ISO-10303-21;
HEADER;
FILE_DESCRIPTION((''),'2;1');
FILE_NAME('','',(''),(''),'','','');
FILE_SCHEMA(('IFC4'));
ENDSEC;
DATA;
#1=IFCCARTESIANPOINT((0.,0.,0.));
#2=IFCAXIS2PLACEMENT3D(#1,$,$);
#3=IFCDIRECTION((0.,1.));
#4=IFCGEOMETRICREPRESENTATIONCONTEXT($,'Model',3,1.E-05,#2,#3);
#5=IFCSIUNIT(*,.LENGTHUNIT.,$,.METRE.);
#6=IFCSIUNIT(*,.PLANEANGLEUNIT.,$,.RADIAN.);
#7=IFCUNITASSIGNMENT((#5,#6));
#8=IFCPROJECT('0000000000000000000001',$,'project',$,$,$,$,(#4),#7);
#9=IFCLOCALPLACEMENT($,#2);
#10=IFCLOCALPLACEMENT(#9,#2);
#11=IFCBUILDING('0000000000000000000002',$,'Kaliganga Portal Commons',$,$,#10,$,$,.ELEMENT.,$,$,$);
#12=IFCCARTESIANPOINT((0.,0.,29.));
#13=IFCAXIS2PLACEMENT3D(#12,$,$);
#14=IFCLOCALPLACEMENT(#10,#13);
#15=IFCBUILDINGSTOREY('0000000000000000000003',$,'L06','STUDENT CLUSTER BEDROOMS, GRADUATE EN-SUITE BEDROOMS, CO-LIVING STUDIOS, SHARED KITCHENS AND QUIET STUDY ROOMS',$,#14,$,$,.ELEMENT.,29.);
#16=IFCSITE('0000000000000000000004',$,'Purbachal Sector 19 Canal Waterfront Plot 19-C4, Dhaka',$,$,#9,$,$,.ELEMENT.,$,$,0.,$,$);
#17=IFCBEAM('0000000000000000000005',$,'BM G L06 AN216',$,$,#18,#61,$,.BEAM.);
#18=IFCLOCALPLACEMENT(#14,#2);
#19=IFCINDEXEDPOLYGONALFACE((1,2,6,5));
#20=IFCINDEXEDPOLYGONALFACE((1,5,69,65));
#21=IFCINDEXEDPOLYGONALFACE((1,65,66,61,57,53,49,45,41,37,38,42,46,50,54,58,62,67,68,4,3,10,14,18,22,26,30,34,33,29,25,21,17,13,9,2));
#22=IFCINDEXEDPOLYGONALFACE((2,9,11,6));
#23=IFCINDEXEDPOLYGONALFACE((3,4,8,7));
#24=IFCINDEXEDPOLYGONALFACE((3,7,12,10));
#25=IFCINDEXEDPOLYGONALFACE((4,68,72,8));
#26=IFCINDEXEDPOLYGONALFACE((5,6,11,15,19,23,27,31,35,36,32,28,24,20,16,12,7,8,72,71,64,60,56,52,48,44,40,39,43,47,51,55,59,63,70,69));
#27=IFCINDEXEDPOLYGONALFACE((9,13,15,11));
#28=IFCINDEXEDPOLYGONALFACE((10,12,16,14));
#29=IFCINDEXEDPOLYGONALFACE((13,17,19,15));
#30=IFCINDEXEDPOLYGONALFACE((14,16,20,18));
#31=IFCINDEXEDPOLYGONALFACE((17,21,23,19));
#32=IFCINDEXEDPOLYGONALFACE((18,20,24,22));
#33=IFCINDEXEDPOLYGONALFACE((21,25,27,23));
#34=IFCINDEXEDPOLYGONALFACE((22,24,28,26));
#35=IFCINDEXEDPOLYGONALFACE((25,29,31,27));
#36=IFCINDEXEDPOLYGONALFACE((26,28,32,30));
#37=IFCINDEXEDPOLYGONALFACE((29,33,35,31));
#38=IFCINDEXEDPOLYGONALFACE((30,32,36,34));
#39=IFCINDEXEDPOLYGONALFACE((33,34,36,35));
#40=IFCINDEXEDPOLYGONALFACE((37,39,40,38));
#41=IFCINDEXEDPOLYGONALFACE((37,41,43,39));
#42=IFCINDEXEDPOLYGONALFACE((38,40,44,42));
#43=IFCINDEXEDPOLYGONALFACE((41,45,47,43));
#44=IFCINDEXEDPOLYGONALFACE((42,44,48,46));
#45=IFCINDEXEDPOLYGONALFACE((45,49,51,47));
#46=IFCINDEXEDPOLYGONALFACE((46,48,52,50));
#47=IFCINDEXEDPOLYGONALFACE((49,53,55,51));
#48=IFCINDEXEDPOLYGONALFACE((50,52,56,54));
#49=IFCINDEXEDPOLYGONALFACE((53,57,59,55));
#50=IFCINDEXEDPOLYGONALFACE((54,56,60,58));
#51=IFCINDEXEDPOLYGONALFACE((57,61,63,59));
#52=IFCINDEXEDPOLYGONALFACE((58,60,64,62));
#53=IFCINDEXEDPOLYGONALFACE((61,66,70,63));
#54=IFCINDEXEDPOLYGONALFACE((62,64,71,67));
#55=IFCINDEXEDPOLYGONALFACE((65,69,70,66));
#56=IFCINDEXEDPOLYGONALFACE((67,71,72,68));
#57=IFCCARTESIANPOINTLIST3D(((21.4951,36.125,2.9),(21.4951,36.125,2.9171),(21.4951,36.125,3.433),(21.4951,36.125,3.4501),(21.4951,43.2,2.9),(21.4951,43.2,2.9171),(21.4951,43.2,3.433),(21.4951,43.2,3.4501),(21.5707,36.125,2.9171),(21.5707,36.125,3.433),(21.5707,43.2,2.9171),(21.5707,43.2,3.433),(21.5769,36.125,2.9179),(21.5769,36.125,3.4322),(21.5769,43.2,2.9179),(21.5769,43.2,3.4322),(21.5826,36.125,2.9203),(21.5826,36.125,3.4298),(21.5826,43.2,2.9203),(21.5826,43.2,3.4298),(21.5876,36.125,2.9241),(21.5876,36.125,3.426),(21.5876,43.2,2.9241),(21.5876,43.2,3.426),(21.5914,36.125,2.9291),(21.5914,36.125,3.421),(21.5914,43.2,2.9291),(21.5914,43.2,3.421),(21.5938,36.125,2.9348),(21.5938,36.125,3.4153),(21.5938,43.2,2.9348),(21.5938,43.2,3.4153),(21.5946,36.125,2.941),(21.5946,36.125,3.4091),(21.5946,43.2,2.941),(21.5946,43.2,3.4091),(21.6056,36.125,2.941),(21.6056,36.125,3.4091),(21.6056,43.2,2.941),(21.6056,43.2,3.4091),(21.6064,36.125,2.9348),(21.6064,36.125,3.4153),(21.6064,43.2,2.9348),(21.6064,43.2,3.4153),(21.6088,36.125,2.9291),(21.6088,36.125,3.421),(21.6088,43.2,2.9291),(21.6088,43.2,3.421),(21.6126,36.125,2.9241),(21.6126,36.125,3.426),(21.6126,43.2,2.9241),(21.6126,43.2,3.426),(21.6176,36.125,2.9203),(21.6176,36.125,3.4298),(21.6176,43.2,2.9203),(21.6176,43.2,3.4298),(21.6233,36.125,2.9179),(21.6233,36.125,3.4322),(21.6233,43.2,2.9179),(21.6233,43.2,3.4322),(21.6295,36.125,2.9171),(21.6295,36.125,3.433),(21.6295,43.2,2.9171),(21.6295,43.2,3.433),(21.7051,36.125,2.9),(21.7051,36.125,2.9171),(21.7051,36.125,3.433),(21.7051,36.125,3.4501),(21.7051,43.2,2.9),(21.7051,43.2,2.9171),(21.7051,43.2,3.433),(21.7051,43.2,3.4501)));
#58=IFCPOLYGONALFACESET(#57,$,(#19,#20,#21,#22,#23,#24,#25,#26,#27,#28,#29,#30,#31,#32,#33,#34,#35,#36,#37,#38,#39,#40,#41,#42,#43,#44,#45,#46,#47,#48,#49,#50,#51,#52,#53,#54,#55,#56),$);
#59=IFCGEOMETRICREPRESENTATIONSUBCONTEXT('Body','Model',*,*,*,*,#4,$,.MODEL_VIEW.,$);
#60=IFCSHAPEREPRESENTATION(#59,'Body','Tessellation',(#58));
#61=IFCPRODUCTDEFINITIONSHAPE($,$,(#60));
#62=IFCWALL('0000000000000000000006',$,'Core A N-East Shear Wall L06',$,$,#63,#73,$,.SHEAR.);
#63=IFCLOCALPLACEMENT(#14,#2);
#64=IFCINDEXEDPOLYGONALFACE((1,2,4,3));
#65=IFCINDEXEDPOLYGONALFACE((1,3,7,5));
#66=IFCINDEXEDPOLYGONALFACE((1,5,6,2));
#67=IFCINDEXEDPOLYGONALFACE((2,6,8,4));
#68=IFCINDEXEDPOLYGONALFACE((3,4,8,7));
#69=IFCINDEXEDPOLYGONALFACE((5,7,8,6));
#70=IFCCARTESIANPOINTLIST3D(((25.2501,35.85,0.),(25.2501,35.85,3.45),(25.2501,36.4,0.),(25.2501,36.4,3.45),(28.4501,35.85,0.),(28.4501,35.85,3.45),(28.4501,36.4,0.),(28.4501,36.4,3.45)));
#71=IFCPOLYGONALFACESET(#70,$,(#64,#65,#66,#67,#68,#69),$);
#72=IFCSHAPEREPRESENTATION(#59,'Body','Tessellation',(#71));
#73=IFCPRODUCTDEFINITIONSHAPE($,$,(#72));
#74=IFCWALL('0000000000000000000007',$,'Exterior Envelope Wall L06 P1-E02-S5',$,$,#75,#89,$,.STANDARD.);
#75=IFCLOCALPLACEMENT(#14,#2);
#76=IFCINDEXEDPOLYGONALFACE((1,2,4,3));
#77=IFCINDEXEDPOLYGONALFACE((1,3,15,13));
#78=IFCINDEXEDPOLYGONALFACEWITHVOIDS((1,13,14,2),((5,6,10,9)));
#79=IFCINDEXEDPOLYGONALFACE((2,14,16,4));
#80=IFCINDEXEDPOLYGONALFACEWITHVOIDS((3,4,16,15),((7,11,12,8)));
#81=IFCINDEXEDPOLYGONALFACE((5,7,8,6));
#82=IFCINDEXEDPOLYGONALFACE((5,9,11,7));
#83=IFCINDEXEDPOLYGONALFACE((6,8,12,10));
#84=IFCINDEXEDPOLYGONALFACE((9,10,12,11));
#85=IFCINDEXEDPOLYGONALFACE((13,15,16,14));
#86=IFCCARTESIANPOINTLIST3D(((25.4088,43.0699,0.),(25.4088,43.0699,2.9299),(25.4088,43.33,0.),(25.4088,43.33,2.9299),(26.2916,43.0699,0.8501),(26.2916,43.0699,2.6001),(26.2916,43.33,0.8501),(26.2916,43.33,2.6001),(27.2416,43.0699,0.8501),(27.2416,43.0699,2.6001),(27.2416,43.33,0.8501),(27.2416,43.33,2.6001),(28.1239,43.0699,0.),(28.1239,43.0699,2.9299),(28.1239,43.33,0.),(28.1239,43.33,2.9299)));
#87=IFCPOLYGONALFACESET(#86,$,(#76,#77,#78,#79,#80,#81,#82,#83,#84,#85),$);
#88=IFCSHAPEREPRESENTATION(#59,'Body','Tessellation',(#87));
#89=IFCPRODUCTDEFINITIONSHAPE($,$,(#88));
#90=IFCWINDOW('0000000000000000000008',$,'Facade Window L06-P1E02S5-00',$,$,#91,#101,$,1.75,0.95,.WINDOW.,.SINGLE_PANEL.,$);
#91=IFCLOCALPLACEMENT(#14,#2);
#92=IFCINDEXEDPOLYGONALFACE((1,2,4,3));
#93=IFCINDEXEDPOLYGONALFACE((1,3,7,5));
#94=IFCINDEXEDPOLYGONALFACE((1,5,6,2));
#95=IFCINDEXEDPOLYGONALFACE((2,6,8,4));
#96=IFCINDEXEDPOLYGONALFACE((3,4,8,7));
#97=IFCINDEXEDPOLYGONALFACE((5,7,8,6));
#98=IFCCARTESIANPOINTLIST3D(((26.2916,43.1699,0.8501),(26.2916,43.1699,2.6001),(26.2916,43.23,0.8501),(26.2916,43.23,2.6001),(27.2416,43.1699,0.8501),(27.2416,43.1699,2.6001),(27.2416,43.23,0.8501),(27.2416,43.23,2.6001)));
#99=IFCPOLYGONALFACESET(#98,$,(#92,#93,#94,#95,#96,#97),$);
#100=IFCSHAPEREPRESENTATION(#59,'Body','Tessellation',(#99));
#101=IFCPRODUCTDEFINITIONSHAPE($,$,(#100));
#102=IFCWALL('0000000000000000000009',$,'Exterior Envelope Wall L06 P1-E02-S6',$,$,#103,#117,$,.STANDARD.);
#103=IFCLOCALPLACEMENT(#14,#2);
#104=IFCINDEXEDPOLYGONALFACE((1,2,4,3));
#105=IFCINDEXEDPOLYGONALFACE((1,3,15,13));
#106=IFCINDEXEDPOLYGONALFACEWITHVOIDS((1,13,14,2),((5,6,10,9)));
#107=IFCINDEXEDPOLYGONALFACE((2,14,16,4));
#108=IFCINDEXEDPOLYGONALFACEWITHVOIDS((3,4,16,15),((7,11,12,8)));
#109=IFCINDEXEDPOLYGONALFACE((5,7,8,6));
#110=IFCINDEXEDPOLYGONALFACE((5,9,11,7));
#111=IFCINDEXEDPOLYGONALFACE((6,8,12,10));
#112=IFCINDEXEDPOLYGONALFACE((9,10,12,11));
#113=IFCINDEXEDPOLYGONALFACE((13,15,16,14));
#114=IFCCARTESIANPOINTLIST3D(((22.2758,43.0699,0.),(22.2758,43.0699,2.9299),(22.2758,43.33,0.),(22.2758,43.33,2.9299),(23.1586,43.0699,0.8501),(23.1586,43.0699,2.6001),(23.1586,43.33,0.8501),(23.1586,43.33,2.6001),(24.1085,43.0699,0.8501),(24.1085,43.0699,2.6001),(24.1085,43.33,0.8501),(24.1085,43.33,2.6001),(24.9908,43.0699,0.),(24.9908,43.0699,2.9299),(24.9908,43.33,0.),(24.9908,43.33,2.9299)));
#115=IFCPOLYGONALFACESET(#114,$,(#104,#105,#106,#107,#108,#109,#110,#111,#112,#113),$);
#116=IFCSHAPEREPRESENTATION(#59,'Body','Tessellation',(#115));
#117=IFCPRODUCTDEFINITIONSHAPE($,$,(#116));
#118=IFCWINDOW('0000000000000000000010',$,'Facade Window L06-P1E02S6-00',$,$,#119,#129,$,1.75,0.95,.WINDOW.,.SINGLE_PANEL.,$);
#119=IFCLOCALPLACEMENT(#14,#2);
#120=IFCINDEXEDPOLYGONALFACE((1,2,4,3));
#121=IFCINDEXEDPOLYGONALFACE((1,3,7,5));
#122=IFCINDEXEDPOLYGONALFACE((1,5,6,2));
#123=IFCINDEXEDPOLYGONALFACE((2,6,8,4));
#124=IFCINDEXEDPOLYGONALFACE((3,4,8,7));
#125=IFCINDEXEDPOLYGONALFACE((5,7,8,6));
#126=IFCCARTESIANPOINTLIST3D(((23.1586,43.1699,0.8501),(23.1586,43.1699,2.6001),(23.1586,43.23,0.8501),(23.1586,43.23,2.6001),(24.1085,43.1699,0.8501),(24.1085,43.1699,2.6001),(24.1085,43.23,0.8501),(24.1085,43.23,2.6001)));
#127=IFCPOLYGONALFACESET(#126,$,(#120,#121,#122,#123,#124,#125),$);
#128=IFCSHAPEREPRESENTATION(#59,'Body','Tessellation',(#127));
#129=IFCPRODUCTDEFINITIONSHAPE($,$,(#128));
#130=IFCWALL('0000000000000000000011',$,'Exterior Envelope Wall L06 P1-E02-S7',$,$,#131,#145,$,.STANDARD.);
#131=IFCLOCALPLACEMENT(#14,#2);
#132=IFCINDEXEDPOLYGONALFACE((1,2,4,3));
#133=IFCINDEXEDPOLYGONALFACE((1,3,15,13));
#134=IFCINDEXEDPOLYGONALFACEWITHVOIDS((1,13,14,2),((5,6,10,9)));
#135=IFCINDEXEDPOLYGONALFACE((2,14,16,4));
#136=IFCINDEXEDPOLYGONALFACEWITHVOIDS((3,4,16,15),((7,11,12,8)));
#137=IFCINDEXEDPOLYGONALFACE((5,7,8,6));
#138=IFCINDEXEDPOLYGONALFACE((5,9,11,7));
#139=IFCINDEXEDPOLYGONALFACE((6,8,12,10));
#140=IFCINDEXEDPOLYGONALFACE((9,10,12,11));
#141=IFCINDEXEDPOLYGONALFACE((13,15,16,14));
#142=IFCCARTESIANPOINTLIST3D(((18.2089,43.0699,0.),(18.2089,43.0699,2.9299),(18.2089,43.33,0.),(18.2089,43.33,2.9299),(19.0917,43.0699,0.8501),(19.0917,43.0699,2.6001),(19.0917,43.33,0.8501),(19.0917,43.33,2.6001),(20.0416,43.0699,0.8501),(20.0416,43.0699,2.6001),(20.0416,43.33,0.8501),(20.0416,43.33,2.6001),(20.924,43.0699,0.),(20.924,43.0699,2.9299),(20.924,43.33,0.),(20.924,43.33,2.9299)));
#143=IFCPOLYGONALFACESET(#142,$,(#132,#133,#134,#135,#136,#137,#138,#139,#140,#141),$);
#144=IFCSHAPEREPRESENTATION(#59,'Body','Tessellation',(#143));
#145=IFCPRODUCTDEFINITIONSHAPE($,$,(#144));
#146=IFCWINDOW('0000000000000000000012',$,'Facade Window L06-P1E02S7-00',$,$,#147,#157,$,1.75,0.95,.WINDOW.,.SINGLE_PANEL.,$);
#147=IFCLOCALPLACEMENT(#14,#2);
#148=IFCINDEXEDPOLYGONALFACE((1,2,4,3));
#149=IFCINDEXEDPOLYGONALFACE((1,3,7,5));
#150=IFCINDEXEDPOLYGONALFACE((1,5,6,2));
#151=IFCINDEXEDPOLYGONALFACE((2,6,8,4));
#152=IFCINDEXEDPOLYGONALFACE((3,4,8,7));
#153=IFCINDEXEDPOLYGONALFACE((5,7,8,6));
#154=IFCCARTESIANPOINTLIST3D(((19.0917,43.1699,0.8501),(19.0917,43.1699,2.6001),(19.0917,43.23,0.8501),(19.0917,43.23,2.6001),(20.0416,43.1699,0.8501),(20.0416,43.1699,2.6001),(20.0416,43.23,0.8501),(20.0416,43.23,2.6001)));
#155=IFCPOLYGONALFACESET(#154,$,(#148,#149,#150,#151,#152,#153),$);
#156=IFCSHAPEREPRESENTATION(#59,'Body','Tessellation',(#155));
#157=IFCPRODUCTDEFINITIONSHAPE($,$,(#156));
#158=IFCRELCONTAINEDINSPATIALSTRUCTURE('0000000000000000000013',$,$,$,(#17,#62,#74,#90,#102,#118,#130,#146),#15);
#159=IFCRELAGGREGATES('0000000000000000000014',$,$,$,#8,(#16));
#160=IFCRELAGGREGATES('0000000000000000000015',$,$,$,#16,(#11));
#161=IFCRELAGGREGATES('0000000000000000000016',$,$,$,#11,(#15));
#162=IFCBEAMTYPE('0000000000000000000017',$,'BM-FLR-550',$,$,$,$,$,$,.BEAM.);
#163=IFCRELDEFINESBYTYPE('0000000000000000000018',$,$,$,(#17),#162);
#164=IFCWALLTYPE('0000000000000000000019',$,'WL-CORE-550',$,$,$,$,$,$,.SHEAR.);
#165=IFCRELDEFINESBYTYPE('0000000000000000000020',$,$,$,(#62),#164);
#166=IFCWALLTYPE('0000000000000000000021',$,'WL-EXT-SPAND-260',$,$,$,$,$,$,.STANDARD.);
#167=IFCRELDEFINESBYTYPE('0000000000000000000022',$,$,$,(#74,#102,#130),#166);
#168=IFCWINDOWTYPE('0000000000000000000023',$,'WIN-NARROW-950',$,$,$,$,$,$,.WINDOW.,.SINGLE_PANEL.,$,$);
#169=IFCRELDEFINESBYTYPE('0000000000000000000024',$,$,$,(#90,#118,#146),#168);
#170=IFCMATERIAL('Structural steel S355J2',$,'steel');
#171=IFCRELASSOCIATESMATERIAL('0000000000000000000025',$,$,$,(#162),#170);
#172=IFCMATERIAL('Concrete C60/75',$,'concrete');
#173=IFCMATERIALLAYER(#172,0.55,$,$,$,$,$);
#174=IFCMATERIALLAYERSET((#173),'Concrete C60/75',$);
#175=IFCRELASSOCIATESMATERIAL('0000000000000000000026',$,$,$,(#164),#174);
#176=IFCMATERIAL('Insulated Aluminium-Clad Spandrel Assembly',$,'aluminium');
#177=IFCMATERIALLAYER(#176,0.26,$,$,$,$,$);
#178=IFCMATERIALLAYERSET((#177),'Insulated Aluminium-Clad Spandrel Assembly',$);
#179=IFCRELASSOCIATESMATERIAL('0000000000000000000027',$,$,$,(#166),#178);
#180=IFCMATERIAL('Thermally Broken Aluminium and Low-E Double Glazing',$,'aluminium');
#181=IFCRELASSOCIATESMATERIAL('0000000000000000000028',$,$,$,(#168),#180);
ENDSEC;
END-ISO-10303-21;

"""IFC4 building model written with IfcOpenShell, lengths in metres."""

from ifc_helpers import new_model, si_unit, direction, frame, frame_2d, origin, origin_2d, place, context, subcontext, project, spatial, rectangle, i_section, extrude, source, transform, mapped, material, layer, layer_set, material_profile, profile_set, type_object, element, fill, save


model = new_model("IFC4")

# Units and contexts
model_context = context("Model", 3, precision=1e-05, world=origin(), true_north=direction((0.0, 1.0)))
body_context = subcontext(model_context, "Body", "Model", "MODEL_VIEW")
ifc_project = project(units=[si_unit("LENGTHUNIT", "METRE"), si_unit("PLANEANGLEUNIT", "RADIAN")], contexts=[model_context])

# Site, building, storey
site_placement = place(None, origin())
site = spatial("IfcSite", under=ifc_project, at=site_placement, Name="Purbachal Sector 19 Canal Waterfront Plot 19-C4, Dhaka", CompositionType="ELEMENT", RefElevation=0.0)
building_placement = place(site_placement, origin())
building = spatial("IfcBuilding", under=site, at=building_placement, Name="Kaliganga Portal Commons", CompositionType="ELEMENT")
storey_placement = place(building_placement, frame((0.0, 0.0, 29.0)))
storey = spatial("IfcBuildingStorey", under=building, at=storey_placement, Name="L06", Description="STUDENT CLUSTER BEDROOMS, GRADUATE EN-SUITE BEDROOMS, CO-LIVING STUDIOS, SHARED KITCHENS AND QUIET STUDY ROOMS", CompositionType="ELEMENT", Elevation=29.0)

# Beam
ifc_material_1 = material(Name="Concrete C60/75", Category="concrete")
ifc_material_2 = material(Name="Structural steel S355J2", Category="steel")
ifc_material_profile_1 = material_profile(ifc_material_2, i_section(OverallWidth=0.21, OverallDepth=0.55, WebThickness=0.011, FlangeThickness=0.0171, FilletRadius=0.0239, at=origin_2d()), Name="IPE 550")
ifc_profile_set_1 = profile_set([ifc_material_profile_1], Name="Structural steel S355J2 wide-flange")
beam_type_1 = type_object("IfcBeamType", Name="BM-FLR-550", PredefinedType="BEAM", material=ifc_profile_set_1)
shared_shape_1 = source(origin(), body_context, "Body", "SweptSolid", [
    extrude(i_section(OverallWidth=0.21, OverallDepth=0.55, WebThickness=0.011, FlangeThickness=0.0171, FilletRadius=0.0239, at=origin_2d()), origin(), (0.0, 0.0, 1.0), 7.075),
])
beam_1_placement = place(storey_placement, frame((21.6001, 36.125, 3.175), z_axis=(0.0, 1.0, 0.0), x_axis=(-1.0, 0.0, 0.0)))
element("IfcBeam", 1, at=beam_1_placement, inside=storey, type_object=beam_type_1, Name="BM G L06 AN216", PredefinedType="BEAM", context=body_context, shape_type="MappedRepresentation", body=[
    mapped(shared_shape_1, transform((0.0, 0.0, 0.0), x_axis=(1.0, 0.0, 0.0), y_axis=(0.0, 1.0, 0.0), z_axis=(0.0, 0.0, 1.0), scale=1.0)),
])

# Wall
ifc_layer_1 = layer(ifc_material_1, 0.55)
ifc_layer_set_1 = layer_set([ifc_layer_1], Name="Concrete C60/75")
wall_type_1 = type_object("IfcWallType", Name="WL-CORE-550", PredefinedType="SHEAR", material=ifc_layer_set_1)
wall_1_placement = place(storey_placement, frame((25.25, 36.125, 0.0), z_axis=(0.0, 0.0, 1.0), x_axis=(1.0, 0.0, 0.0)))
element("IfcWall", 2, at=wall_1_placement, inside=storey, type_object=wall_type_1, Name="Core A N-East Shear Wall L06", PredefinedType="SHEAR", context=body_context, shape_type="SweptSolid", body=[
    extrude(rectangle(XDim=3.2, YDim=0.55, at=frame_2d((1.6001, 0.0))), origin(), (0.0, 0.0, 1.0), 3.45),
])

# Walls, openings, windows
ifc_material_3 = material(Name="Insulated Aluminium-Clad Spandrel Assembly", Category="aluminium")
ifc_layer_2 = layer(ifc_material_3, 0.26)
ifc_layer_set_2 = layer_set([ifc_layer_2], Name="Insulated Aluminium-Clad Spandrel Assembly")
wall_type_2 = type_object("IfcWallType", Name="WL-EXT-SPAND-260", PredefinedType="STANDARD", material=ifc_layer_set_2)
wall_2_placement = place(storey_placement, frame((25.4089, 43.2, 0.0), z_axis=(0.0, 0.0, 1.0), x_axis=(1.0, 0.0, 0.0)))
wall_2 = element("IfcWall", 3, at=wall_2_placement, inside=storey, type_object=wall_type_2, Name="Exterior Envelope Wall L06 P1-E02-S5", PredefinedType="STANDARD", context=body_context, shape_type="SweptSolid", body=[
    extrude(rectangle(XDim=2.7151, YDim=0.26, at=frame_2d((1.3574, 0.0))), origin(), (0.0, 0.0, 1.0), 2.9299),
])
opening_1_placement = place(wall_2_placement, frame((0.8826, 0.0, 0.8501)))
opening_1 = element("IfcOpeningElement", 4, at=opening_1_placement, cuts=wall_2, PredefinedType="OPENING", context=body_context, shape_type="SweptSolid", body=[
    extrude(rectangle(XDim=0.95, YDim=1.75, at=frame_2d((0.4751, 0.875))), frame((0.0, 0.1401, 0.0), z_axis=(0.0, -1.0, 0.0), x_axis=(1.0, 0.0, 0.0)), (0.0, 0.0, 1.0), 0.28),
])
ifc_material_4 = material(Name="Thermally Broken Aluminium and Low-E Double Glazing", Category="aluminium")
window_type = type_object("IfcWindowType", Name="WIN-NARROW-950", PartitioningType="SINGLE_PANEL", PredefinedType="WINDOW", material=ifc_material_4)
window_1_placement = place(opening_1_placement, origin())
window_1 = element("IfcWindow", 5, at=window_1_placement, inside=storey, type_object=window_type, Name="Facade Window L06-P1E02S5-00", OverallHeight=1.75, OverallWidth=0.95, PartitioningType="SINGLE_PANEL", PredefinedType="WINDOW", context=body_context, shape_type="SweptSolid", body=[
    extrude(rectangle(XDim=0.95, YDim=1.75, at=frame_2d((0.4751, 0.875))), frame((0.0, 0.03, 0.0), z_axis=(0.0, -1.0, 0.0), x_axis=(1.0, 0.0, 0.0)), (0.0, 0.0, 1.0), 0.0601),
])
fill(opening_1, window_1)
wall_3_placement = place(storey_placement, frame((22.2759, 43.2, 0.0), z_axis=(0.0, 0.0, 1.0), x_axis=(1.0, 0.0, 0.0)))
wall_3 = element("IfcWall", 6, at=wall_3_placement, inside=storey, type_object=wall_type_2, Name="Exterior Envelope Wall L06 P1-E02-S6", PredefinedType="STANDARD", context=body_context, shape_type="SweptSolid", body=[
    extrude(rectangle(XDim=2.7151, YDim=0.26, at=frame_2d((1.3574, 0.0))), origin(), (0.0, 0.0, 1.0), 2.9299),
])
opening_2_placement = place(wall_3_placement, frame((0.8826, 0.0, 0.8501)))
opening_2 = element("IfcOpeningElement", 7, at=opening_2_placement, cuts=wall_3, PredefinedType="OPENING", context=body_context, shape_type="SweptSolid", body=[
    extrude(rectangle(XDim=0.95, YDim=1.75, at=frame_2d((0.4751, 0.875))), frame((0.0, 0.1401, 0.0), z_axis=(0.0, -1.0, 0.0), x_axis=(1.0, 0.0, 0.0)), (0.0, 0.0, 1.0), 0.28),
])
window_2_placement = place(opening_2_placement, origin())
window_2 = element("IfcWindow", 8, at=window_2_placement, inside=storey, type_object=window_type, Name="Facade Window L06-P1E02S6-00", OverallHeight=1.75, OverallWidth=0.95, PartitioningType="SINGLE_PANEL", PredefinedType="WINDOW", context=body_context, shape_type="SweptSolid", body=[
    extrude(rectangle(XDim=0.95, YDim=1.75, at=frame_2d((0.4751, 0.875))), frame((0.0, 0.03, 0.0), z_axis=(0.0, -1.0, 0.0), x_axis=(1.0, 0.0, 0.0)), (0.0, 0.0, 1.0), 0.0601),
])
fill(opening_2, window_2)
wall_4_placement = place(storey_placement, frame((18.209, 43.2, 0.0), z_axis=(0.0, 0.0, 1.0), x_axis=(1.0, 0.0, 0.0)))
wall_4 = element("IfcWall", 9, at=wall_4_placement, inside=storey, type_object=wall_type_2, Name="Exterior Envelope Wall L06 P1-E02-S7", PredefinedType="STANDARD", context=body_context, shape_type="SweptSolid", body=[
    extrude(rectangle(XDim=2.7151, YDim=0.26, at=frame_2d((1.3574, 0.0))), origin(), (0.0, 0.0, 1.0), 2.9299),
])
opening_3_placement = place(wall_4_placement, frame((0.8826, 0.0, 0.8501)))
opening_3 = element("IfcOpeningElement", 10, at=opening_3_placement, cuts=wall_4, PredefinedType="OPENING", context=body_context, shape_type="SweptSolid", body=[
    extrude(rectangle(XDim=0.95, YDim=1.75, at=frame_2d((0.4751, 0.875))), frame((0.0, 0.1401, 0.0), z_axis=(0.0, -1.0, 0.0), x_axis=(1.0, 0.0, 0.0)), (0.0, 0.0, 1.0), 0.28),
])
window_3_placement = place(opening_3_placement, origin())
window_3 = element("IfcWindow", 11, at=window_3_placement, inside=storey, type_object=window_type, Name="Facade Window L06-P1E02S7-00", OverallHeight=1.75, OverallWidth=0.95, PartitioningType="SINGLE_PANEL", PredefinedType="WINDOW", context=body_context, shape_type="SweptSolid", body=[
    extrude(rectangle(XDim=0.95, YDim=1.75, at=frame_2d((0.4751, 0.875))), frame((0.0, 0.03, 0.0), z_axis=(0.0, -1.0, 0.0), x_axis=(1.0, 0.0, 0.0)), (0.0, 0.0, 1.0), 0.0601),
])
fill(opening_3, window_3)

save(model, "model.ifc")
